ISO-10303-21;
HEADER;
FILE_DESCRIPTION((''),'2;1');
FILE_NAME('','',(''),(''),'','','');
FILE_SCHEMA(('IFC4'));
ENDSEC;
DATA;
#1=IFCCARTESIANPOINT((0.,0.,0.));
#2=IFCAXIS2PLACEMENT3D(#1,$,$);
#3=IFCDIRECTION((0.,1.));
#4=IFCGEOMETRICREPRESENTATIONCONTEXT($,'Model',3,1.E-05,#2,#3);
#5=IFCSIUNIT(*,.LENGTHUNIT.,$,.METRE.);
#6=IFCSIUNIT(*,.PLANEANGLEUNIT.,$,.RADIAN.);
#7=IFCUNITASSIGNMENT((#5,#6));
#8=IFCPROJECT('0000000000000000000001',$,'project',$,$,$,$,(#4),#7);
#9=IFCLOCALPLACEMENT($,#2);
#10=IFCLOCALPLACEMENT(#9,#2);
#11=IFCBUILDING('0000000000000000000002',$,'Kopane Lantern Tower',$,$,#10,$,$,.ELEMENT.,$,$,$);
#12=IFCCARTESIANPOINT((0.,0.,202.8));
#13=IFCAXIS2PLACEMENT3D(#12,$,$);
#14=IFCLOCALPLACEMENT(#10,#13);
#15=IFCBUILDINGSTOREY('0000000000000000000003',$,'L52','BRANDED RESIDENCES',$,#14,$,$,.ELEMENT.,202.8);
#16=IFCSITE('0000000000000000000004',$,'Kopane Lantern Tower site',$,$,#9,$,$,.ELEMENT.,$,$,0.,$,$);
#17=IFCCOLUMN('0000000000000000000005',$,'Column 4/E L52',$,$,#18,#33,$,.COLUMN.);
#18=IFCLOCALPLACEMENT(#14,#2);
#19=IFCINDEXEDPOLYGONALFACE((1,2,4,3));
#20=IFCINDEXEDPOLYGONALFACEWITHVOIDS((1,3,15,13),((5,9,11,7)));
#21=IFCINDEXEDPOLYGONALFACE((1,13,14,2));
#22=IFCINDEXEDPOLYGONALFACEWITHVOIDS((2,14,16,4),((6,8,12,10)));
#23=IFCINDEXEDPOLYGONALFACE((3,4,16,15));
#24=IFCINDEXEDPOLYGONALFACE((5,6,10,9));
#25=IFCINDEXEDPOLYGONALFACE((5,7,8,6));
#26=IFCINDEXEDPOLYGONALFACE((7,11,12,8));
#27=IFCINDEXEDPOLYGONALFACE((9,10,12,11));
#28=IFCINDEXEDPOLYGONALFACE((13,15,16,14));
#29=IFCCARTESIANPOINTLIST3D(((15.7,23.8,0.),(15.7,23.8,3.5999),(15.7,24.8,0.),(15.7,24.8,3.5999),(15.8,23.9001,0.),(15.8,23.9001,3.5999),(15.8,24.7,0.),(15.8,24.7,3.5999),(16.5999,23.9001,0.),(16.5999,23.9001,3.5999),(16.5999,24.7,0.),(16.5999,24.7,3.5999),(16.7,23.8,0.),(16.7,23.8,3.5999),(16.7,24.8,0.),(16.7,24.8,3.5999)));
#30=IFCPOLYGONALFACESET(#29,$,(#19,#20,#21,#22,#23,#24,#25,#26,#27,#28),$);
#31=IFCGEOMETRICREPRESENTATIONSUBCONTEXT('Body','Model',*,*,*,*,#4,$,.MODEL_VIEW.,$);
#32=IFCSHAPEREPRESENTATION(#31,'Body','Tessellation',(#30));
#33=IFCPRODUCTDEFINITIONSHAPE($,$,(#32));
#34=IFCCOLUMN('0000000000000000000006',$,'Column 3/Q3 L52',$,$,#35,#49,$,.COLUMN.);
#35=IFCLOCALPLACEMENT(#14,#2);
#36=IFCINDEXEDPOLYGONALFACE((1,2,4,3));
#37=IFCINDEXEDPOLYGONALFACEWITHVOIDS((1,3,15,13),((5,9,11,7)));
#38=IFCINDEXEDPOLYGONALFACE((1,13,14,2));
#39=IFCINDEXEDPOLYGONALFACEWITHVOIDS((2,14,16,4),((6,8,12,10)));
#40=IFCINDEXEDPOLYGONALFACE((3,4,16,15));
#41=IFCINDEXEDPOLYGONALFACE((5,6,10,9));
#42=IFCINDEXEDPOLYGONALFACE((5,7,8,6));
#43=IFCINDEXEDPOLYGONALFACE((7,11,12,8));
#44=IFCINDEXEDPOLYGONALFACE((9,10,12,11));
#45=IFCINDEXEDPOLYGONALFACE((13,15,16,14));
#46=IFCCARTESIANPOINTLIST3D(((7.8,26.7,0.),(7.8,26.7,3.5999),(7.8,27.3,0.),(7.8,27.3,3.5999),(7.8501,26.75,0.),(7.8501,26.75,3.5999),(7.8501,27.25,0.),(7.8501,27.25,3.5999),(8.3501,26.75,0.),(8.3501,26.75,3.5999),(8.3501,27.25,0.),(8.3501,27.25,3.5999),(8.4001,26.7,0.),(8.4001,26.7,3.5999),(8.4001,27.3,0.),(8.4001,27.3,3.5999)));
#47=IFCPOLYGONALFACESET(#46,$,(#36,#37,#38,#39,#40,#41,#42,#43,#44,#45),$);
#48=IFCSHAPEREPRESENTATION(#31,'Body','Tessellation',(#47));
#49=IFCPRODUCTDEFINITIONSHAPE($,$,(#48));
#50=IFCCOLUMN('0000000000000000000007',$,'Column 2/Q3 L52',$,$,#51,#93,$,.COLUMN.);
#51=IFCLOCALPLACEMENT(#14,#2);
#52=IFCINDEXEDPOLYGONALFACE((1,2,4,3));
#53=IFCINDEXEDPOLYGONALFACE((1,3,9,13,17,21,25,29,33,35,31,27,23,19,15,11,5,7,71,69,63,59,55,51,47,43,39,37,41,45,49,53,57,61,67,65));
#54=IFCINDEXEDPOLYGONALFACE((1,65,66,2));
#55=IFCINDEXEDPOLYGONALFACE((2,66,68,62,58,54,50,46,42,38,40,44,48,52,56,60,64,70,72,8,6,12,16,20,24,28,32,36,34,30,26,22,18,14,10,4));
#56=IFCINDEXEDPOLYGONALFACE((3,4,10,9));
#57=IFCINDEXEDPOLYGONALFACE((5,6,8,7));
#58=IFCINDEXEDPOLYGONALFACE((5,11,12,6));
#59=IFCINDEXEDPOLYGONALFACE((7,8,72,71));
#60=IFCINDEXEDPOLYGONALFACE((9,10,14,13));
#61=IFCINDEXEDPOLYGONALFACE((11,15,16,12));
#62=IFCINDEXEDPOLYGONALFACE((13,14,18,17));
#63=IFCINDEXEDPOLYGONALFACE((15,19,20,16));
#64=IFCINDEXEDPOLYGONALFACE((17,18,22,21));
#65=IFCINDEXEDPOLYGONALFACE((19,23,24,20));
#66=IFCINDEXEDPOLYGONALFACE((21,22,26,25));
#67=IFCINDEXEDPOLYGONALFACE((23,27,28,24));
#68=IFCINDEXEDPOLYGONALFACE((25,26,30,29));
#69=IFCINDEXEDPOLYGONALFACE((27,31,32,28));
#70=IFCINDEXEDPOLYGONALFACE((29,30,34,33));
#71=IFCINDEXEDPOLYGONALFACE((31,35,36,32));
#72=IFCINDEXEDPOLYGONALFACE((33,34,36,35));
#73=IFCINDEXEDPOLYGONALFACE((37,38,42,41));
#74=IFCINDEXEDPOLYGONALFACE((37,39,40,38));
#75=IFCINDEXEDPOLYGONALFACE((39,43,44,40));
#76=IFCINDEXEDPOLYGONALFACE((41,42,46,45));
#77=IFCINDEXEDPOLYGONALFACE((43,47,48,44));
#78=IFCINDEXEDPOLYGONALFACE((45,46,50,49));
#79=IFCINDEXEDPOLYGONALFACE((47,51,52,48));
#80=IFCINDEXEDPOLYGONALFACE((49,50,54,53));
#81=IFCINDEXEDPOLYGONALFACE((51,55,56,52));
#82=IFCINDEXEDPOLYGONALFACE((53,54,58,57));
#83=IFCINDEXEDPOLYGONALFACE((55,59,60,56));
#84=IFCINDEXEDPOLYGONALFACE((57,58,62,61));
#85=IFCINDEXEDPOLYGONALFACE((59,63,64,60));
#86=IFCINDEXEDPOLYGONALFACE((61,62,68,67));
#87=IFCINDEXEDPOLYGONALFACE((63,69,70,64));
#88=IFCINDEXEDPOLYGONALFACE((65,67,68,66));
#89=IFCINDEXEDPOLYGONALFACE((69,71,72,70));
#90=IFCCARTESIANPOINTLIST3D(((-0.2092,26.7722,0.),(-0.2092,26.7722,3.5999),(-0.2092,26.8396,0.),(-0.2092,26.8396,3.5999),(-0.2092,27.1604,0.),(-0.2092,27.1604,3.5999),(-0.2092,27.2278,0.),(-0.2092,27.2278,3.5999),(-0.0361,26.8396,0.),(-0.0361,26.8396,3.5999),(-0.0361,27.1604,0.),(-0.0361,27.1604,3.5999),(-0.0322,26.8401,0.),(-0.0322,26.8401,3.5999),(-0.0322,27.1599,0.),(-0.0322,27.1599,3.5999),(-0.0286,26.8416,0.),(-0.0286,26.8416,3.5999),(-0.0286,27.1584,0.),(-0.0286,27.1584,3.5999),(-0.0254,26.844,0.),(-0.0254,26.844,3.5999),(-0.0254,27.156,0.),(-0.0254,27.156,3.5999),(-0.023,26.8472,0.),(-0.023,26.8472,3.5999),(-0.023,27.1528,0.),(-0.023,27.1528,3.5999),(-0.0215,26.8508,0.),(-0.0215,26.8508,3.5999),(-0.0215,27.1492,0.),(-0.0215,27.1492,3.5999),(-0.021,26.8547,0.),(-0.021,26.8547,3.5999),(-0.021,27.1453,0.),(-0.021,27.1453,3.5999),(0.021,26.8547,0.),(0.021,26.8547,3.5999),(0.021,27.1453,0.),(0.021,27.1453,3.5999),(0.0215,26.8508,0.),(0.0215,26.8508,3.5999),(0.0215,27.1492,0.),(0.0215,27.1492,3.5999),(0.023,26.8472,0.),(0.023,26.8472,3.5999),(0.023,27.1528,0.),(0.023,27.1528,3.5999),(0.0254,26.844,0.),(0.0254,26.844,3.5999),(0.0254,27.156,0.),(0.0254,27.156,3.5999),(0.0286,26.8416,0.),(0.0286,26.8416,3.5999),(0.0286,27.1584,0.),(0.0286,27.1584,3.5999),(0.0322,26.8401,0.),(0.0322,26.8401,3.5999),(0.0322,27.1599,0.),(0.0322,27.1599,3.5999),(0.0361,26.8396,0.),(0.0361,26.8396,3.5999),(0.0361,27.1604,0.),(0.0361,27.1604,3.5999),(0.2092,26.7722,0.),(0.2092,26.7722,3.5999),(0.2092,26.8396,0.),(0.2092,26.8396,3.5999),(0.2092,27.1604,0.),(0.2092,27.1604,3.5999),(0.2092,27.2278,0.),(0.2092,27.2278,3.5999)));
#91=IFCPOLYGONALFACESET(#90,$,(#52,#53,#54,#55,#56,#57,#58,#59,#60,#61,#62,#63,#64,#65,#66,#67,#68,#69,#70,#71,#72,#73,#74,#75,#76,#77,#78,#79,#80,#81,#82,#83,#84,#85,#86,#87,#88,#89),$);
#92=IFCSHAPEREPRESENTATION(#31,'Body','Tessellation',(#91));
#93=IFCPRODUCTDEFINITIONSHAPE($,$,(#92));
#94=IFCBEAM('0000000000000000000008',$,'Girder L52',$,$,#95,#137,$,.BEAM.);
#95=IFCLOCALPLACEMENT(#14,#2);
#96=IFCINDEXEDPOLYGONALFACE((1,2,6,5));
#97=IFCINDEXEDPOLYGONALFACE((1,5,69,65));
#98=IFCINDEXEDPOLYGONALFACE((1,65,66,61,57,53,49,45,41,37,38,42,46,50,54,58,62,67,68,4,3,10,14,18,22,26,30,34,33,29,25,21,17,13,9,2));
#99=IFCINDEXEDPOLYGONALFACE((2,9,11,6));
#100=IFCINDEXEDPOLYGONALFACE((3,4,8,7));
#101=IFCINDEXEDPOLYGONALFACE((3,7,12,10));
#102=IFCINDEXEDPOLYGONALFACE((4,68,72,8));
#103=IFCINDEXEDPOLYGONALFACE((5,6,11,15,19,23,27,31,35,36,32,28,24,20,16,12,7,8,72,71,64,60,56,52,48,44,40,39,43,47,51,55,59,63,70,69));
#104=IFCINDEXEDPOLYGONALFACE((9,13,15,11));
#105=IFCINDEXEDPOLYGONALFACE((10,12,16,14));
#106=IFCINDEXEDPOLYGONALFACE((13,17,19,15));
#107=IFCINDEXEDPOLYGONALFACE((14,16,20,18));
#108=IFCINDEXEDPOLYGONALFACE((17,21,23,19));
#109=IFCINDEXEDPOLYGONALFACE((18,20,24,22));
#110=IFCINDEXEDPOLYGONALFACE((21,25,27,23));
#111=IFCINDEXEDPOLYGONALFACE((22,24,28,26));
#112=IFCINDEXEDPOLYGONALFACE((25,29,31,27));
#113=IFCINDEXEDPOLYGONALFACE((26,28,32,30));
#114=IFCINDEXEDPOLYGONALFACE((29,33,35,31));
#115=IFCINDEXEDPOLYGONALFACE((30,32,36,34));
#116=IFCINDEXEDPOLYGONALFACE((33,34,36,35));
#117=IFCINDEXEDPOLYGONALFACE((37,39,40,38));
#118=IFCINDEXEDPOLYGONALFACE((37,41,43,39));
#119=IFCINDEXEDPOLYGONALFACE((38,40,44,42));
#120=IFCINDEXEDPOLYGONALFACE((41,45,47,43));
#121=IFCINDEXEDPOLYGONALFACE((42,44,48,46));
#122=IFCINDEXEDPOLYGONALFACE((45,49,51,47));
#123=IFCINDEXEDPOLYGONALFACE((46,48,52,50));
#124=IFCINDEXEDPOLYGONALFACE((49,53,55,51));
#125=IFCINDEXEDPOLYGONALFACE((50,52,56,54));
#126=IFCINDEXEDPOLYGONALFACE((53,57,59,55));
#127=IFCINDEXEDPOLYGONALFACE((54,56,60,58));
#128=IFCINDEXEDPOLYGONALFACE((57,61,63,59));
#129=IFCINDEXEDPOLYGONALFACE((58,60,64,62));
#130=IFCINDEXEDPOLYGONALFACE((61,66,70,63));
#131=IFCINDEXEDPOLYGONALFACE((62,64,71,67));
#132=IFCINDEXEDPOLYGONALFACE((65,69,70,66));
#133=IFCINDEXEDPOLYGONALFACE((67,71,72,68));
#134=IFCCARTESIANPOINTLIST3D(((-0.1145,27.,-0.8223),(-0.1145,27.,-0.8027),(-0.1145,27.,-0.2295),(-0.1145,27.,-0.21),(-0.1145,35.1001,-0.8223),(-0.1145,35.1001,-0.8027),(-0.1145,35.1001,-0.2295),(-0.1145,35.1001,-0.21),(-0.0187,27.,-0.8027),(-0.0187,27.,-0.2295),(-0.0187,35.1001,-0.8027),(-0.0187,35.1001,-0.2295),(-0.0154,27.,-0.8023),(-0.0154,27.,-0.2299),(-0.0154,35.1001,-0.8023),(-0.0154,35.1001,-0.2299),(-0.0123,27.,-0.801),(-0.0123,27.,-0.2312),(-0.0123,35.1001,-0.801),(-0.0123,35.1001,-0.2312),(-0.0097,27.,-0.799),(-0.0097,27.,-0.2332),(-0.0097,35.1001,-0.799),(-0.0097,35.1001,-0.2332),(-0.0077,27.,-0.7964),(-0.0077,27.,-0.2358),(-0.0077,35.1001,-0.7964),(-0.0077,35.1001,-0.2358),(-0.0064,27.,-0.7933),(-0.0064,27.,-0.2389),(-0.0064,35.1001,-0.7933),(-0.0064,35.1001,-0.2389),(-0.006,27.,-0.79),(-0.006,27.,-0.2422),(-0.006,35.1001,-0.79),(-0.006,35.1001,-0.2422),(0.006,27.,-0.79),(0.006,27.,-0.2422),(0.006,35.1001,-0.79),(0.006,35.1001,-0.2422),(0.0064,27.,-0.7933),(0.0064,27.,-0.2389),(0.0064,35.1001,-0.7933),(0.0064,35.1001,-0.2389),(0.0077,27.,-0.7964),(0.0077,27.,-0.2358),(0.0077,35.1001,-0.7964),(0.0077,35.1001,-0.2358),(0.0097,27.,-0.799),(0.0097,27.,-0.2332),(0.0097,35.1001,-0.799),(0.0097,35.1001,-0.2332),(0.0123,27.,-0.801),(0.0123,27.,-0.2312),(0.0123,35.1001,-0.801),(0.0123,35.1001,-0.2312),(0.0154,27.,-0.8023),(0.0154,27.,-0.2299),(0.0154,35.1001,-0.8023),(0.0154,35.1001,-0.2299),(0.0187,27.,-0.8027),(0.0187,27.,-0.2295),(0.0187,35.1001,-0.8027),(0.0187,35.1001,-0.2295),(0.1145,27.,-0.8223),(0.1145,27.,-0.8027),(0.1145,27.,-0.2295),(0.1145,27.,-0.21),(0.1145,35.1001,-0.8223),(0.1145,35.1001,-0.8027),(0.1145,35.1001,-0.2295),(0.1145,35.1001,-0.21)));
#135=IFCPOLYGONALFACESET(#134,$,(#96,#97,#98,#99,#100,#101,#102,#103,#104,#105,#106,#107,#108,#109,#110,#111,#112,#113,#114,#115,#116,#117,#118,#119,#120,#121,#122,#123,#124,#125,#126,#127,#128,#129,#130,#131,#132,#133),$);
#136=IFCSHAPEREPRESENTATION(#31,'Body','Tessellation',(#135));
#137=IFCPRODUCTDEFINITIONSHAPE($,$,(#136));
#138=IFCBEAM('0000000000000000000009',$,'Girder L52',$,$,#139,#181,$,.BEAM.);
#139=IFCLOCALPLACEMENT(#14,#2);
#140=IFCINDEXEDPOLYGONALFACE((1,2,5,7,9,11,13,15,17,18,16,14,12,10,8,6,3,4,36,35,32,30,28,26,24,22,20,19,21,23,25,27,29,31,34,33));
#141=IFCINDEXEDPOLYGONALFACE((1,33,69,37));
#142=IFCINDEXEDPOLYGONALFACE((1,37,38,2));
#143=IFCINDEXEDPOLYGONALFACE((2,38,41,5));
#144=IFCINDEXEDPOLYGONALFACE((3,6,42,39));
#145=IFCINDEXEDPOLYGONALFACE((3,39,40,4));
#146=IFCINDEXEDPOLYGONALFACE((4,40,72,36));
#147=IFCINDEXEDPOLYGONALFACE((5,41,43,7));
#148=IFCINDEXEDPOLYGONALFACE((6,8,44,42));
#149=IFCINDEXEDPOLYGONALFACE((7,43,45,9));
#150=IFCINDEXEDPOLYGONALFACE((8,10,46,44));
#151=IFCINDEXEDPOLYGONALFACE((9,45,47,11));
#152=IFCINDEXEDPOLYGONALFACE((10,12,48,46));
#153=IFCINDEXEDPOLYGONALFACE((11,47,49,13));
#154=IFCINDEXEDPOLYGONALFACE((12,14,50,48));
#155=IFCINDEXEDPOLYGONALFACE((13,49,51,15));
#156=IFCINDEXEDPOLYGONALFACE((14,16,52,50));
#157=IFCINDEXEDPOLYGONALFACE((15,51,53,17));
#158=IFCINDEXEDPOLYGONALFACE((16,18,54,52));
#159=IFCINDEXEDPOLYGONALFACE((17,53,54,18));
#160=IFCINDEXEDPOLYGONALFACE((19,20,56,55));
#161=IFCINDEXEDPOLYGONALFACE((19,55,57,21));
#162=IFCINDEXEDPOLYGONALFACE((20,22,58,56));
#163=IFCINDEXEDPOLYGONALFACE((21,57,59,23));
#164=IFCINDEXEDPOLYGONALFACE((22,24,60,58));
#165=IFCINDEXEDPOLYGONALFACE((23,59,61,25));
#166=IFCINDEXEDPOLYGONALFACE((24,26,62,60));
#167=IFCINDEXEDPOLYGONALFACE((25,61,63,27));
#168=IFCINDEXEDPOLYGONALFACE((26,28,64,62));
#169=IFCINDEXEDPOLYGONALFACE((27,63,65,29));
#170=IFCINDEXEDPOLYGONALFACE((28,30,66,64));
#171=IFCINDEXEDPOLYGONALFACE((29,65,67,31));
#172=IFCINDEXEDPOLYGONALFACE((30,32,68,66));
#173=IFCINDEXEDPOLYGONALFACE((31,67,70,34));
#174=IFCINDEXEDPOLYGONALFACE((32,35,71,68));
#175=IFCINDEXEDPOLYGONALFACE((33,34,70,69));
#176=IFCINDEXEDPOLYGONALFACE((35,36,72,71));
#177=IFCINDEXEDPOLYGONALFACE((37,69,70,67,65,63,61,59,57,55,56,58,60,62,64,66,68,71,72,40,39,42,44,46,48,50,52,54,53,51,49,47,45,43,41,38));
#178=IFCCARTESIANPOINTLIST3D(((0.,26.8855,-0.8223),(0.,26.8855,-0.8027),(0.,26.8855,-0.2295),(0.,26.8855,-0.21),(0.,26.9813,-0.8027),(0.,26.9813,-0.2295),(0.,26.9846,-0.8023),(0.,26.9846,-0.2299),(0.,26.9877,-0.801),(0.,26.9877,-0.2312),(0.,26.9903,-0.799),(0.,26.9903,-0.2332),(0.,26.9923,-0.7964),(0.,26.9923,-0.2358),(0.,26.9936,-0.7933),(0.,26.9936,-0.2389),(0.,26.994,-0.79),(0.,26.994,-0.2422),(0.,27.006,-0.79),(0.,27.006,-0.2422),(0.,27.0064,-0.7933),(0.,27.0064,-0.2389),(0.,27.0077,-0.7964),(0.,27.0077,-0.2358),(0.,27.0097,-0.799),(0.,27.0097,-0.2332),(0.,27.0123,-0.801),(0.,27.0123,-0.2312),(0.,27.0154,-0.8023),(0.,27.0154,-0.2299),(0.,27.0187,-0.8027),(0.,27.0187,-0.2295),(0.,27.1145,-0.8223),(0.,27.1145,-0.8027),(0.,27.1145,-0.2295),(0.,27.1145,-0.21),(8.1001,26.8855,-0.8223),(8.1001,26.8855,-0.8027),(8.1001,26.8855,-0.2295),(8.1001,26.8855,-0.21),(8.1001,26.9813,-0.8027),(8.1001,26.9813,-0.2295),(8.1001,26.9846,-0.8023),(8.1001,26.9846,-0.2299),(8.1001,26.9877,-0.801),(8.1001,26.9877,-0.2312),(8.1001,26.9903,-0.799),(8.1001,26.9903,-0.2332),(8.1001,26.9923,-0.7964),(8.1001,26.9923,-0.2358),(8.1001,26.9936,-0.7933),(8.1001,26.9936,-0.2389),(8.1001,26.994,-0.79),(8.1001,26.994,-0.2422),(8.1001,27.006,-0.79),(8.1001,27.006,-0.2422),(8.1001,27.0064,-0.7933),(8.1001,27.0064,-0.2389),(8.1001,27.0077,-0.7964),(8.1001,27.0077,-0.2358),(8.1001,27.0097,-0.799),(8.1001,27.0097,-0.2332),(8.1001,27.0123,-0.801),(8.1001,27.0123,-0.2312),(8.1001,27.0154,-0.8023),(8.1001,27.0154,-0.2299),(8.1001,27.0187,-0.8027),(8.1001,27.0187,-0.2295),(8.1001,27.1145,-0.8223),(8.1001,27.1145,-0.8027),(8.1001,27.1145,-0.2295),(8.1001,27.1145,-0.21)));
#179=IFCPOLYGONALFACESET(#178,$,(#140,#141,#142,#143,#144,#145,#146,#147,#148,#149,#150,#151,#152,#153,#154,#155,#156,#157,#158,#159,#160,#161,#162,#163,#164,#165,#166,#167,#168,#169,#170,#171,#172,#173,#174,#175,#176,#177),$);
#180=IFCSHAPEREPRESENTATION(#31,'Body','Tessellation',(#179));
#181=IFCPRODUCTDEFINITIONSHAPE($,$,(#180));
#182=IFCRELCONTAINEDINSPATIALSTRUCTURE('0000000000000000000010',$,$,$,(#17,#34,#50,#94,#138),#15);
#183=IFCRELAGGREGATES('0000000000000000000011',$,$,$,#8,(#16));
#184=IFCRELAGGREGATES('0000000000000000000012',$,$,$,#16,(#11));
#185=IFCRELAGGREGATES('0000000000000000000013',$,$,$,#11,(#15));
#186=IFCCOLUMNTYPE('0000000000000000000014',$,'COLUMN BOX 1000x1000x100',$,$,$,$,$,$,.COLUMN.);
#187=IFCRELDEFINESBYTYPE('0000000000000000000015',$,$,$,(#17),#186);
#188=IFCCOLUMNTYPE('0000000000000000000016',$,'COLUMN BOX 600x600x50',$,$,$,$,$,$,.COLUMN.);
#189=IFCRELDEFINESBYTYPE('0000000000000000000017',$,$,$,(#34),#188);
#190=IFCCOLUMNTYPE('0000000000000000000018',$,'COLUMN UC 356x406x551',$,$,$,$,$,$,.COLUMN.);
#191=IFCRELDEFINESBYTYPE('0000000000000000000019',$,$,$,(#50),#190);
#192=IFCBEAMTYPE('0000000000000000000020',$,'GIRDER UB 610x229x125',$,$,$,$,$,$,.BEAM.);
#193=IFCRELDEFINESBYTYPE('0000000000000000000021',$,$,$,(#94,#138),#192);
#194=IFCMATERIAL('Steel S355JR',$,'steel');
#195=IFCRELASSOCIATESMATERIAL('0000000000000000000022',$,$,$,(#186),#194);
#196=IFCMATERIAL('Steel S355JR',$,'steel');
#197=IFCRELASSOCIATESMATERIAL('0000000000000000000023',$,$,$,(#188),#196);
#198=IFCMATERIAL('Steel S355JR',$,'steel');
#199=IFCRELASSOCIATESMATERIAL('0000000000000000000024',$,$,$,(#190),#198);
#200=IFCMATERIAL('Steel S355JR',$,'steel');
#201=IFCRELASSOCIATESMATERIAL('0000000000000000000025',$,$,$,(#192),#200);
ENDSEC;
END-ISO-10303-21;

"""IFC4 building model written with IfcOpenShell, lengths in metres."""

from ifc_helpers import new_model, si_unit, direction, frame, origin, origin_2d, place, context, subcontext, project, spatial, hollow_rectangle, i_section, extrude, material, material_profile, profile_set, type_object, element, save


model = new_model("IFC4")

# Units and contexts
model_context = context("Model", 3, precision=1e-05, world=origin(), true_north=direction((0.0, 1.0)))
body_context = subcontext(model_context, "Body", "Model", "MODEL_VIEW")
ifc_project = project(units=[si_unit("LENGTHUNIT", "METRE"), si_unit("PLANEANGLEUNIT", "RADIAN")], contexts=[model_context])

# Site, building, storey
site_placement = place(None, origin())
site = spatial("IfcSite", under=ifc_project, at=site_placement, Name="Kopane Lantern Tower site", CompositionType="ELEMENT", RefElevation=0.0)
building_placement = place(site_placement, origin())
building = spatial("IfcBuilding", under=site, at=building_placement, Name="Kopane Lantern Tower", CompositionType="ELEMENT")
storey_placement = place(building_placement, frame((0.0, 0.0, 202.8)))
storey = spatial("IfcBuildingStorey", under=building, at=storey_placement, Name="L52", Description="BRANDED RESIDENCES", CompositionType="ELEMENT", Elevation=202.8)

# Columns
ifc_material_1 = material(Name="Steel S355JR", Category="steel")
ifc_material_profile_1 = material_profile(ifc_material_1, hollow_rectangle(XDim=1.0, YDim=1.0, WallThickness=0.1001, at=origin_2d()), Name="BOX 1000x1000x100")
ifc_profile_set_1 = profile_set([ifc_material_profile_1], Name="Steel S355JR")
column_type_1 = type_object("IfcColumnType", Name="COLUMN BOX 1000x1000x100", PredefinedType="COLUMN", material=ifc_profile_set_1)
column_1_placement = place(storey_placement, frame((16.2, 24.3, 0.0), z_axis=(0.0, 0.0, 1.0), x_axis=(1.0, 0.0, 0.0)))
element("IfcColumn", 1, at=column_1_placement, inside=storey, type_object=column_type_1, Name="Column 4/E L52", PredefinedType="COLUMN", context=body_context, shape_type="SweptSolid", body=[
    extrude(hollow_rectangle(XDim=1.0, YDim=1.0, WallThickness=0.1001, at=origin_2d()), origin(), (0.0, 0.0, 1.0), 3.5999),
])
ifc_material_2 = material(Name="Steel S355JR", Category="steel")
ifc_material_profile_2 = material_profile(ifc_material_2, hollow_rectangle(XDim=0.6001, YDim=0.6001, WallThickness=0.05, at=origin_2d()), Name="BOX 600x600x50")
ifc_profile_set_2 = profile_set([ifc_material_profile_2], Name="Steel S355JR")
column_type_2 = type_object("IfcColumnType", Name="COLUMN BOX 600x600x50", PredefinedType="COLUMN", material=ifc_profile_set_2)
column_2_placement = place(storey_placement, frame((8.1001, 27.0, 0.0), z_axis=(0.0, 0.0, 1.0), x_axis=(1.0, 0.0, 0.0)))
element("IfcColumn", 2, at=column_2_placement, inside=storey, type_object=column_type_2, Name="Column 3/Q3 L52", PredefinedType="COLUMN", context=body_context, shape_type="SweptSolid", body=[
    extrude(hollow_rectangle(XDim=0.6001, YDim=0.6001, WallThickness=0.05, at=origin_2d()), origin(), (0.0, 0.0, 1.0), 3.5999),
])
ifc_material_3 = material(Name="Steel S355JR", Category="steel")
ifc_material_profile_3 = material_profile(ifc_material_3, i_section(OverallWidth=0.4185, OverallDepth=0.4556, WebThickness=0.042, FlangeThickness=0.0674, FilletRadius=0.0151, at=origin_2d()), Name="UC 356x406x551")
ifc_profile_set_3 = profile_set([ifc_material_profile_3], Name="Steel S355JR")
column_type_3 = type_object("IfcColumnType", Name="COLUMN UC 356x406x551", PredefinedType="COLUMN", material=ifc_profile_set_3)
column_3_placement = place(storey_placement, frame((0.0, 27.0, 0.0), z_axis=(0.0, 0.0, 1.0), x_axis=(1.0, 0.0, 0.0)))
element("IfcColumn", 3, at=column_3_placement, inside=storey, type_object=column_type_3, Name="Column 2/Q3 L52", PredefinedType="COLUMN", context=body_context, shape_type="SweptSolid", body=[
    extrude(i_section(OverallWidth=0.4185, OverallDepth=0.4556, WebThickness=0.042, FlangeThickness=0.0674, FilletRadius=0.0151, at=origin_2d()), origin(), (0.0, 0.0, 1.0), 3.5999),
])

# Beams
ifc_material_4 = material(Name="Steel S355JR", Category="steel")
ifc_material_profile_4 = material_profile(ifc_material_4, i_section(OverallWidth=0.229, OverallDepth=0.6123, WebThickness=0.012, FlangeThickness=0.0195, FilletRadius=0.0127, at=origin_2d()), Name="UB 610x229x125")
ifc_profile_set_4 = profile_set([ifc_material_profile_4], Name="Steel S355JR")
beam_type = type_object("IfcBeamType", Name="GIRDER UB 610x229x125", PredefinedType="BEAM", material=ifc_profile_set_4)
for number, where, z_axis, x_axis, name in (
    (4, (0.0, 27.0, -0.5161), (0.0, 1.0, 0.0), (-1.0, 0.0, 0.0), "Girder L52"),
    (5, (0.0, 27.0, -0.5161), (1.0, 0.0, 0.0), (0.0, 1.0, 0.0), "Girder L52"),
):
    element("IfcBeam", number, at=place(storey_placement, frame(where, z_axis=z_axis, x_axis=x_axis)), inside=storey, type_object=beam_type, Name=name, PredefinedType="BEAM", context=body_context, shape_type="SweptSolid", body=[
        extrude(i_section(OverallWidth=0.229, OverallDepth=0.6123, WebThickness=0.012, FlangeThickness=0.0195, FilletRadius=0.0127, at=origin_2d()), origin(), (0.0, 0.0, 1.0), 8.1001),
    ])

save(model, "model.ifc")
